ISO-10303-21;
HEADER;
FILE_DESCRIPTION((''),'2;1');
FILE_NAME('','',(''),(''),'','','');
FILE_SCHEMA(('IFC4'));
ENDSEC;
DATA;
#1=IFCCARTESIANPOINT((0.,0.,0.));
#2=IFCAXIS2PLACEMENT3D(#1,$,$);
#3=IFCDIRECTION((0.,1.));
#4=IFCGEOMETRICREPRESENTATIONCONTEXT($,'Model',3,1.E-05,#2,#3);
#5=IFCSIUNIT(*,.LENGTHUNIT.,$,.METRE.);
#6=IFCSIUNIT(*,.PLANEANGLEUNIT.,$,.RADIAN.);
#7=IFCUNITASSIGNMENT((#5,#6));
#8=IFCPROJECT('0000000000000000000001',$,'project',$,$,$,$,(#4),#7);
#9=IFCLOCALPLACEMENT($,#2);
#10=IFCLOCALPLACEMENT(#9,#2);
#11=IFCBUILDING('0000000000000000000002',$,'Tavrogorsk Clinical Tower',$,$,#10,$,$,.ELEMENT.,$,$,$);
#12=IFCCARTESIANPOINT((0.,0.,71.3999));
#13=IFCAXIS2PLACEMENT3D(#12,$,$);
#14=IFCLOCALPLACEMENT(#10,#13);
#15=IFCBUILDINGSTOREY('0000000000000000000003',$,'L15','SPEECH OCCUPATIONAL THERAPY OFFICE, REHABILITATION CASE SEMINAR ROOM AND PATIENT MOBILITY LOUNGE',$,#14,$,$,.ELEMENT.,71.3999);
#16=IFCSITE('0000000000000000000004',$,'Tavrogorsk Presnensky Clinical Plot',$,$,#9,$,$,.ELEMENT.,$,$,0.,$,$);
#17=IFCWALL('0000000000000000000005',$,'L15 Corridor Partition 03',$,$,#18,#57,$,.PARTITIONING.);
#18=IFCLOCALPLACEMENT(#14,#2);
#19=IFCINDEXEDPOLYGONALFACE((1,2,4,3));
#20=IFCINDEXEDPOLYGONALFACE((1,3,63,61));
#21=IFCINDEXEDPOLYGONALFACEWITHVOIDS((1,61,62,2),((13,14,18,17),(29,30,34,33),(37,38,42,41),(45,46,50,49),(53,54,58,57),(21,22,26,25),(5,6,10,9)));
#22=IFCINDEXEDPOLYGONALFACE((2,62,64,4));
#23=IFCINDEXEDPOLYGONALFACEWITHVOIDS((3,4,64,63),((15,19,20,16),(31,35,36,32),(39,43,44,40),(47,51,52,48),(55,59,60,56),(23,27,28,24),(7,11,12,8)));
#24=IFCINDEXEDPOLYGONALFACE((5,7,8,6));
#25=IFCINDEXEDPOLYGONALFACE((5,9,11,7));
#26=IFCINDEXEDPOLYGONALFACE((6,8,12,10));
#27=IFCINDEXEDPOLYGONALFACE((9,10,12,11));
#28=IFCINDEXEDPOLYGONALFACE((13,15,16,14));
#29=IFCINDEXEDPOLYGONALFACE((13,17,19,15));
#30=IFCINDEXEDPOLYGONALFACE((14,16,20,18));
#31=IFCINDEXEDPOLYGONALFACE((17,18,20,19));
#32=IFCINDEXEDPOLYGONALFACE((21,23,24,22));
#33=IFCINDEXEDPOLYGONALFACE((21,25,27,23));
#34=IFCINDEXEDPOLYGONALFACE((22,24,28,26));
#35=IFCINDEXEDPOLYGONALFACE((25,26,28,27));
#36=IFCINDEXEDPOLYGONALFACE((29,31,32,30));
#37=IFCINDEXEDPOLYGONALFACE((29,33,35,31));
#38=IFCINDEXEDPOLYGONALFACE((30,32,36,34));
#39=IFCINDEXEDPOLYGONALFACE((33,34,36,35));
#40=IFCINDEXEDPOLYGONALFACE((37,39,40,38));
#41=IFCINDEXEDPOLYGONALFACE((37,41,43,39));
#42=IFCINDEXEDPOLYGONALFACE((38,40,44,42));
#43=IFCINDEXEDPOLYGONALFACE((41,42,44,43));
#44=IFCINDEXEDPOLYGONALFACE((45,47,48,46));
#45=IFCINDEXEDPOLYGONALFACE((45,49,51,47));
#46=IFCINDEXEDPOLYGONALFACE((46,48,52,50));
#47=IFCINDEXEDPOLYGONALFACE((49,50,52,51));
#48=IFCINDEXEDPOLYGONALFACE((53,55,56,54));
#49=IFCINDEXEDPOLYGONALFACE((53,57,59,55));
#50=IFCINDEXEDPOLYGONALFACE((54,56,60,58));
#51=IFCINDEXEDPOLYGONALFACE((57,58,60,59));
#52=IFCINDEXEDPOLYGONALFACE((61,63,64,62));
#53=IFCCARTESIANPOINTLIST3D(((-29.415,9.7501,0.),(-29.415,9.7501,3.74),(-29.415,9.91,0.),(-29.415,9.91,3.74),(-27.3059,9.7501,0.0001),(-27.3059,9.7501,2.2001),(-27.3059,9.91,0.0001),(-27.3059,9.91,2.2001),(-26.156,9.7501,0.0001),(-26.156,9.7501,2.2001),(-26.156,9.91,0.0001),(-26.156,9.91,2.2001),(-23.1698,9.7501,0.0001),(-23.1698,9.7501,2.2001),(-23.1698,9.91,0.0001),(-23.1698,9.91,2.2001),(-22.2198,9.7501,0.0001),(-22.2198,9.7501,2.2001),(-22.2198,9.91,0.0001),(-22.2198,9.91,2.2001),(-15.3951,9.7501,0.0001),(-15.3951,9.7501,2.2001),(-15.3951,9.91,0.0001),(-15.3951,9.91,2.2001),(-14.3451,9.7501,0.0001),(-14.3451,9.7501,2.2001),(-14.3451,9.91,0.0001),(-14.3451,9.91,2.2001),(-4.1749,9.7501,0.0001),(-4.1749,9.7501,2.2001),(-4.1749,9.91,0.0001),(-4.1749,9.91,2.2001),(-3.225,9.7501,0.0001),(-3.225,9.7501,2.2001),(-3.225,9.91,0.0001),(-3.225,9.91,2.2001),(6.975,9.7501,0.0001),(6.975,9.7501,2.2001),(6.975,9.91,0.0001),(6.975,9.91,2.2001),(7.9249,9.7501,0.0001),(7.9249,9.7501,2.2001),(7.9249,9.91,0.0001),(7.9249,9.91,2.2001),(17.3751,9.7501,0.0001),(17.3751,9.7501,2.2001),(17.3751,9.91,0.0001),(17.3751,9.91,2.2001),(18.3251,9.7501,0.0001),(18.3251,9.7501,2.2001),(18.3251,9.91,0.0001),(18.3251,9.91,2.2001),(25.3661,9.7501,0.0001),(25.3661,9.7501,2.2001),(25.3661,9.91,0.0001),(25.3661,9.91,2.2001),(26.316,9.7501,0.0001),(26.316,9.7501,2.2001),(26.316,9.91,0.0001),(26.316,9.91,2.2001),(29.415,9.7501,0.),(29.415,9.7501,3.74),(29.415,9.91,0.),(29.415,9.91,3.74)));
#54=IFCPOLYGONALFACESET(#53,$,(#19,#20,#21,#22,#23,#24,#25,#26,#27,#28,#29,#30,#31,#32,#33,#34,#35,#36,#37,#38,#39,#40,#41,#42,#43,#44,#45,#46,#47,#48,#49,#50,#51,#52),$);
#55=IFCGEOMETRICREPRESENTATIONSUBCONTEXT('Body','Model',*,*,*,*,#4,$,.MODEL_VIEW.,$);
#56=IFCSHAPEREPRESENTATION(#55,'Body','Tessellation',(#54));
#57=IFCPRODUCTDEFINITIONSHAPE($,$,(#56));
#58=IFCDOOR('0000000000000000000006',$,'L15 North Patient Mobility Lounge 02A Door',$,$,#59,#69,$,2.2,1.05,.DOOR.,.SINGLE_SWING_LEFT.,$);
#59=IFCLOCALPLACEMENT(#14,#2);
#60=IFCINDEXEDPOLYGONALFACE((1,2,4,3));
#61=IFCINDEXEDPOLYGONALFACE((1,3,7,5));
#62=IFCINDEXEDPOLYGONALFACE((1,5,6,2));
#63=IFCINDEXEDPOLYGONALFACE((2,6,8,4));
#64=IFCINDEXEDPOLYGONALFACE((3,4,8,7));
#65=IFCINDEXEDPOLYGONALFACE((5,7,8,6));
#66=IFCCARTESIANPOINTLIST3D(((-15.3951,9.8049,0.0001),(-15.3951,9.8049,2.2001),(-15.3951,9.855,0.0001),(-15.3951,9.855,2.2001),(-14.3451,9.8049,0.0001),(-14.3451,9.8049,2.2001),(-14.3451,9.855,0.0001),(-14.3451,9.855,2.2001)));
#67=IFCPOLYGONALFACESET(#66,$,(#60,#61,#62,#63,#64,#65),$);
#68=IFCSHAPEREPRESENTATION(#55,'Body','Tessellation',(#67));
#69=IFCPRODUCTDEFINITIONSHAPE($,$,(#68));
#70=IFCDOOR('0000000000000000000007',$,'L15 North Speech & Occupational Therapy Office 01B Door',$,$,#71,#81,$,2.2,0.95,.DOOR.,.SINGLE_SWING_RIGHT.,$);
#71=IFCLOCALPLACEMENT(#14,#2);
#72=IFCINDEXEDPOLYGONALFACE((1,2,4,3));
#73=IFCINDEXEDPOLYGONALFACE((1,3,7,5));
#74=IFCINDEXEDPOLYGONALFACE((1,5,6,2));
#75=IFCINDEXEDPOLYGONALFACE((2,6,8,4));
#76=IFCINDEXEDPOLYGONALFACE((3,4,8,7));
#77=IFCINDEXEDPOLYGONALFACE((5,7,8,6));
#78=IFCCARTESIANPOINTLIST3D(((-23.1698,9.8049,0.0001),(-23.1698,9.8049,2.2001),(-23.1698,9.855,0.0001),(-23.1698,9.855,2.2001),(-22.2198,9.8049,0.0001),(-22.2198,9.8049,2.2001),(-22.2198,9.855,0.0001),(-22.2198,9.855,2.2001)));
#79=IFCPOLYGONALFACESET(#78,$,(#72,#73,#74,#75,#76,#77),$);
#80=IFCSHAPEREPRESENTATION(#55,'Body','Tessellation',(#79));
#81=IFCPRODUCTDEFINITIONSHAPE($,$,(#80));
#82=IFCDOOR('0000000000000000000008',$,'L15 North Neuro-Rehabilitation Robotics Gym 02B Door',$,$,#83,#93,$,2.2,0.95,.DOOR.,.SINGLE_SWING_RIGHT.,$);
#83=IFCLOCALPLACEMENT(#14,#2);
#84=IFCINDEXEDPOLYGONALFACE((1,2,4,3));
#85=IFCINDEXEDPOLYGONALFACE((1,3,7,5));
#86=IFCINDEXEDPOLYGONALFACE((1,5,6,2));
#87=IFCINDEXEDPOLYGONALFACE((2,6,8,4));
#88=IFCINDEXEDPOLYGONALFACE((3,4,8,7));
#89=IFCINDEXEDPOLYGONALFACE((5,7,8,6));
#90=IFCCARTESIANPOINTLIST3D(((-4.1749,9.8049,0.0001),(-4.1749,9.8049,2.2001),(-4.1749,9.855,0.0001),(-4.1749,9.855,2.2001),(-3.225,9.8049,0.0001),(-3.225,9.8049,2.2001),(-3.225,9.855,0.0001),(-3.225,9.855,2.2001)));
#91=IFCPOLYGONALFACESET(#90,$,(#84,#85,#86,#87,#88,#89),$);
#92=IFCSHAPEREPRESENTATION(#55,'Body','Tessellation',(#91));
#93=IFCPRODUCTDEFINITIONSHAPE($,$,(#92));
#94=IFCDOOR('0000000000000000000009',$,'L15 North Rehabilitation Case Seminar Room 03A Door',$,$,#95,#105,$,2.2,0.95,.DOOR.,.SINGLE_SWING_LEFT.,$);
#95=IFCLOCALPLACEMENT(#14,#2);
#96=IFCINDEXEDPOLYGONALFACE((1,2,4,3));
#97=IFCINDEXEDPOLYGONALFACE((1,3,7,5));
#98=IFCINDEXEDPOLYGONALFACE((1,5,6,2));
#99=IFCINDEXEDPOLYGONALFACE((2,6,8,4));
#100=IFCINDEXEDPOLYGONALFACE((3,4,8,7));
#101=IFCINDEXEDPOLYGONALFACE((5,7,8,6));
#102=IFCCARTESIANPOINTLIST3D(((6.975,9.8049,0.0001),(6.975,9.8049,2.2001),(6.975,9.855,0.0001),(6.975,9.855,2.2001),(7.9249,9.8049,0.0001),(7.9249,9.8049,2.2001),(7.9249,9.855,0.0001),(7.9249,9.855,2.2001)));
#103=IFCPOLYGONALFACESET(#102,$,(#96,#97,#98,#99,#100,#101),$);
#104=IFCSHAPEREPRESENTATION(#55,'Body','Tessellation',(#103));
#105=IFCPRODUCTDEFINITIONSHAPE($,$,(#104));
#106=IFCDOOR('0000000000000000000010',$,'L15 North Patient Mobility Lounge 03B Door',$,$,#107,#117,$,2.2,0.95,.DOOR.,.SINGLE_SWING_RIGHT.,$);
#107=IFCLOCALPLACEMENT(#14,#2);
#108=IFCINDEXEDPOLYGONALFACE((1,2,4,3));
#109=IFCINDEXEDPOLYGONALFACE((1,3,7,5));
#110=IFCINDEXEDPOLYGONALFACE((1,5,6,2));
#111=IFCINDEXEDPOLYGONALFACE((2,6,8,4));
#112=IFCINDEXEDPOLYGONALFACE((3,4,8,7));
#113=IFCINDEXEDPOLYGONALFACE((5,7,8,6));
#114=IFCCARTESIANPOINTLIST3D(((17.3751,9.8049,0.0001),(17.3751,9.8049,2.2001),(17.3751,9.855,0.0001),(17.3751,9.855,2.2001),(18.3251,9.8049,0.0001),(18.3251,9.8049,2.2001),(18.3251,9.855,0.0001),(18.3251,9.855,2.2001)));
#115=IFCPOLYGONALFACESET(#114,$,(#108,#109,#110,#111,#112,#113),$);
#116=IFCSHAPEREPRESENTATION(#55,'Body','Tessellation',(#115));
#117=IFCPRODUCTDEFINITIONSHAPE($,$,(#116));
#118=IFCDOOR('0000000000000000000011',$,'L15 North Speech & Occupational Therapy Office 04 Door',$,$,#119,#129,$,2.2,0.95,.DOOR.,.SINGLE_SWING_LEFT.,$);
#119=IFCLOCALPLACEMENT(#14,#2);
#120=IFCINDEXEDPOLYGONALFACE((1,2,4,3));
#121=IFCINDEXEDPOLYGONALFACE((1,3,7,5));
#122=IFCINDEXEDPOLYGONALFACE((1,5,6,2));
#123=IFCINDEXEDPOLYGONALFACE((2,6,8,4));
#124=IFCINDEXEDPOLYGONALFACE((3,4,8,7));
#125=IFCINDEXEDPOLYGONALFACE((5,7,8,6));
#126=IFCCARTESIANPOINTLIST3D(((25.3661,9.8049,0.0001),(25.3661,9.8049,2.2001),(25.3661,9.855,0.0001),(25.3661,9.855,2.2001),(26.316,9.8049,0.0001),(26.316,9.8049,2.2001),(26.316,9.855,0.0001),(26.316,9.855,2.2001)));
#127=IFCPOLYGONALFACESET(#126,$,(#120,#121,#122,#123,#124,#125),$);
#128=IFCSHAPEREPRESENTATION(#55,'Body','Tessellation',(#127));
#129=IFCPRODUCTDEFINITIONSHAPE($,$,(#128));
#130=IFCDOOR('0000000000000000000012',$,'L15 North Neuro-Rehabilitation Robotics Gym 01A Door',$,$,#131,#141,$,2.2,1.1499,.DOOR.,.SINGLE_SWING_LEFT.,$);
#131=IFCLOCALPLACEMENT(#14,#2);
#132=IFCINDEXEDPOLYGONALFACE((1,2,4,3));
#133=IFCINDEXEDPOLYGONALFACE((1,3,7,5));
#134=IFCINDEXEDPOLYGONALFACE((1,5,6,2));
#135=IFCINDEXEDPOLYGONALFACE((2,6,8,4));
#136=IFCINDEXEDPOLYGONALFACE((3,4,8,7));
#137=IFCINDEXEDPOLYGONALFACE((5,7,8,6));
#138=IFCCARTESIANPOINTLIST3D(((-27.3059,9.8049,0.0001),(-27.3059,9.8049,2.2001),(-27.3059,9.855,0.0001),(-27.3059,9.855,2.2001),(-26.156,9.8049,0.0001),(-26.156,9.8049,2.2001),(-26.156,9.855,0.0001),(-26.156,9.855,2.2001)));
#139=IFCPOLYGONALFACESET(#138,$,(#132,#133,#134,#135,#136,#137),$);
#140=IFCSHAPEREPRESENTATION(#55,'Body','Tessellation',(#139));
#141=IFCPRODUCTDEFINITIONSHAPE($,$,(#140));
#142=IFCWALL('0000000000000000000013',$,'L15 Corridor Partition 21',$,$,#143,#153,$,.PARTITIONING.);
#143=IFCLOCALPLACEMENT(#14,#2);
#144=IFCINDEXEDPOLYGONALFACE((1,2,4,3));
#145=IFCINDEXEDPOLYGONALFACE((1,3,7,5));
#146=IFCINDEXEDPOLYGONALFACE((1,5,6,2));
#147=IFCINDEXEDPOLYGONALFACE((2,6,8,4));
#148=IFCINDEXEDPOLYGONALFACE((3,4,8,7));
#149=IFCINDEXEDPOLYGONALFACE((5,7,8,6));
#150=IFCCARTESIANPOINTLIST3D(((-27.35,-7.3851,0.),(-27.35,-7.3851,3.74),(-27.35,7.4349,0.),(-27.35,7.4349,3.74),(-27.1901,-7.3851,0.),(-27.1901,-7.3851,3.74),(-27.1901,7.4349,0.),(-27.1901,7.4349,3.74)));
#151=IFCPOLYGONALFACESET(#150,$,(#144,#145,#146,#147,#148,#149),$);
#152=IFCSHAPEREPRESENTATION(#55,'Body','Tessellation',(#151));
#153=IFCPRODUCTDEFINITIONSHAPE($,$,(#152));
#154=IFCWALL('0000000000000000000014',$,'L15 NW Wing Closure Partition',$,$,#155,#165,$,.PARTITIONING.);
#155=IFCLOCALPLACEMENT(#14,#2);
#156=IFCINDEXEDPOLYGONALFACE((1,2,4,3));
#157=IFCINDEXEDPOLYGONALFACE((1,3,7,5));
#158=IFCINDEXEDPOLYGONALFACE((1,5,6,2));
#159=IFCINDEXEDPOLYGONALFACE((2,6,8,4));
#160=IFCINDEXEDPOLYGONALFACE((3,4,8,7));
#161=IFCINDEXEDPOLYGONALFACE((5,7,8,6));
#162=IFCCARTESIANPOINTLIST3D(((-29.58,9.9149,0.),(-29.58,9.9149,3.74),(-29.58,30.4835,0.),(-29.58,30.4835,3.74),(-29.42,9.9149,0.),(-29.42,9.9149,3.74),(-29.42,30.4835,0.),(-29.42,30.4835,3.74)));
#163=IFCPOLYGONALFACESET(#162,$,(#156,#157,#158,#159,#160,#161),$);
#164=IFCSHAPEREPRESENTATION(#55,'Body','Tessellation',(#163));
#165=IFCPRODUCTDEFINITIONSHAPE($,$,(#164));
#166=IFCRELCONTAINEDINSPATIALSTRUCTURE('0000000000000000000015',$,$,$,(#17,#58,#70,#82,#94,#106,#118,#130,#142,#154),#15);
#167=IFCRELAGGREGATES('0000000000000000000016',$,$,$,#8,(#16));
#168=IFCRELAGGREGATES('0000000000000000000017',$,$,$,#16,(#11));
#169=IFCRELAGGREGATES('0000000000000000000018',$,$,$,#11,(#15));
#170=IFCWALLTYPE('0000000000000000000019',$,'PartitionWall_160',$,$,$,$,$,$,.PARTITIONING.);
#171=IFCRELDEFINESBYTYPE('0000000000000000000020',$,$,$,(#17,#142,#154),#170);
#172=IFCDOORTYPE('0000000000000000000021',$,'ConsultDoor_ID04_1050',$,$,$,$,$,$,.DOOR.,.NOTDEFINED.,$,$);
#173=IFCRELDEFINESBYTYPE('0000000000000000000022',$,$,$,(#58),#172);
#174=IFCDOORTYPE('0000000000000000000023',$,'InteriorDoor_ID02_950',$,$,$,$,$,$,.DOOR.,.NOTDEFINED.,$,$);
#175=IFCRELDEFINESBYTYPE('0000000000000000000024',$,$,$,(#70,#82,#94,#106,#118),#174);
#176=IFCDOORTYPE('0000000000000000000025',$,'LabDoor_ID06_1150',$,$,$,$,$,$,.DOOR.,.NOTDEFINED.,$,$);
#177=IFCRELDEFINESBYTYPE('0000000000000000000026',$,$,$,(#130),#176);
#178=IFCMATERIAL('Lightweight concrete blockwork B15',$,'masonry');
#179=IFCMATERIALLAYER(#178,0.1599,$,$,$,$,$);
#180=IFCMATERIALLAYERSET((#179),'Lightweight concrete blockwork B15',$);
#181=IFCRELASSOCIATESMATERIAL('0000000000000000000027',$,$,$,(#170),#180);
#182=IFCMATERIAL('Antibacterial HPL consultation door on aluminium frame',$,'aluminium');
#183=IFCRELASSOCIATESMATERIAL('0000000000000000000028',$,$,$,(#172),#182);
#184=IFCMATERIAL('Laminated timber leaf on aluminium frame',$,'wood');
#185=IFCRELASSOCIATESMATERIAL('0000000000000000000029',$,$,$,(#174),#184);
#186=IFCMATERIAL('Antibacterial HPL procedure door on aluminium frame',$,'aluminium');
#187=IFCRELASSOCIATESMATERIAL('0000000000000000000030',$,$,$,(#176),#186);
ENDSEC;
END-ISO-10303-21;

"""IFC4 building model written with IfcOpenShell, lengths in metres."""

from ifc_helpers import new_model, si_unit, direction, frame, frame_2d, origin, place, context, subcontext, project, spatial, rectangle, extrude, material, layer, layer_set, type_object, element, fill, save


model = new_model("IFC4")

# Units and contexts
model_context = context("Model", 3, precision=1e-05, world=origin(), true_north=direction((0.0, 1.0)))
body_context = subcontext(model_context, "Body", "Model", "MODEL_VIEW")
ifc_project = project(units=[si_unit("LENGTHUNIT", "METRE"), si_unit("PLANEANGLEUNIT", "RADIAN")], contexts=[model_context])

# Site, building, storey
site_placement = place(None, origin())
site = spatial("IfcSite", under=ifc_project, at=site_placement, Name="Tavrogorsk Presnensky Clinical Plot", CompositionType="ELEMENT", RefElevation=0.0)
building_placement = place(site_placement, origin())
building = spatial("IfcBuilding", under=site, at=building_placement, Name="Tavrogorsk Clinical Tower", CompositionType="ELEMENT")
storey_placement = place(building_placement, frame((0.0, 0.0, 71.3999)))
storey = spatial("IfcBuildingStorey", under=building, at=storey_placement, Name="L15", Description="SPEECH OCCUPATIONAL THERAPY OFFICE, REHABILITATION CASE SEMINAR ROOM AND PATIENT MOBILITY LOUNGE", CompositionType="ELEMENT", Elevation=71.3999)

# Wall, openings, doors
ifc_material_1 = material(Name="Lightweight concrete blockwork B15", Category="masonry")
ifc_layer_1 = layer(ifc_material_1, 0.1599)
ifc_layer_set_1 = layer_set([ifc_layer_1], Name="Lightweight concrete blockwork B15")
wall_type_1 = type_object("IfcWallType", Name="PartitionWall_160", PredefinedType="PARTITIONING", material=ifc_layer_set_1)
wall_1_placement = place(storey_placement, frame((-29.415, 9.8301, 0.0), z_axis=(0.0, 0.0, 1.0), x_axis=(1.0, 0.0, 0.0)))
wall_1 = element("IfcWall", 1, at=wall_1_placement, inside=storey, type_object=wall_type_1, Name="L15 Corridor Partition 03", PredefinedType="PARTITIONING", context=body_context, shape_type="SweptSolid", body=[
    extrude(rectangle(XDim=58.8301, YDim=0.1599, at=frame_2d((29.415, 0.0))), origin(), (0.0, 0.0, 1.0), 3.74),
])
opening_1_placement = place(wall_1_placement, frame((2.1091, 0.0, 0.0)))
opening_1 = element("IfcOpeningElement", 2, at=opening_1_placement, cuts=wall_1, PredefinedType="OPENING", context=body_context, shape_type="SweptSolid", body=[
    extrude(rectangle(XDim=1.1499, YDim=2.2, at=frame_2d((0.575, 1.1001))), frame((0.0, 0.0898, 0.0), z_axis=(0.0, -1.0, 0.0), x_axis=(1.0, 0.0, 0.0)), (0.0, 0.0, 1.0), 0.1799),
])
opening_2_placement = place(wall_1_placement, frame((6.2451, 0.0, 0.0)))
opening_2 = element("IfcOpeningElement", 3, at=opening_2_placement, cuts=wall_1, PredefinedType="OPENING", context=body_context, shape_type="SweptSolid", body=[
    extrude(rectangle(XDim=0.95, YDim=2.2, at=frame_2d((0.4751, 1.1001))), frame((0.0, 0.0898, 0.0), z_axis=(0.0, -1.0, 0.0), x_axis=(1.0, 0.0, 0.0)), (0.0, 0.0, 1.0), 0.1799),
])
opening_3_placement = place(wall_1_placement, frame((14.02, 0.0, 0.0)))
opening_3 = element("IfcOpeningElement", 4, at=opening_3_placement, cuts=wall_1, PredefinedType="OPENING", context=body_context, shape_type="SweptSolid", body=[
    extrude(rectangle(XDim=1.05, YDim=2.2, at=frame_2d((0.5249, 1.1001))), frame((0.0, 0.0898, 0.0), z_axis=(0.0, -1.0, 0.0), x_axis=(1.0, 0.0, 0.0)), (0.0, 0.0, 1.0), 0.1799),
])
opening_4_placement = place(wall_1_placement, frame((25.24, 0.0, 0.0)))
opening_4 = element("IfcOpeningElement", 5, at=opening_4_placement, cuts=wall_1, PredefinedType="OPENING", context=body_context, shape_type="SweptSolid", body=[
    extrude(rectangle(XDim=0.95, YDim=2.2, at=frame_2d((0.4751, 1.1001))), frame((0.0, 0.0898, 0.0), z_axis=(0.0, -1.0, 0.0), x_axis=(1.0, 0.0, 0.0)), (0.0, 0.0, 1.0), 0.1799),
])
opening_5_placement = place(wall_1_placement, frame((36.3899, 0.0, 0.0)))
opening_5 = element("IfcOpeningElement", 6, at=opening_5_placement, cuts=wall_1, PredefinedType="OPENING", context=body_context, shape_type="SweptSolid", body=[
    extrude(rectangle(XDim=0.95, YDim=2.2, at=frame_2d((0.4751, 1.1001))), frame((0.0, 0.0898, 0.0), z_axis=(0.0, -1.0, 0.0), x_axis=(1.0, 0.0, 0.0)), (0.0, 0.0, 1.0), 0.1799),
])
opening_6_placement = place(wall_1_placement, frame((46.79, 0.0, 0.0)))
opening_6 = element("IfcOpeningElement", 7, at=opening_6_placement, cuts=wall_1, PredefinedType="OPENING", context=body_context, shape_type="SweptSolid", body=[
    extrude(rectangle(XDim=0.95, YDim=2.2, at=frame_2d((0.4751, 1.1001))), frame((0.0, 0.0898, 0.0), z_axis=(0.0, -1.0, 0.0), x_axis=(1.0, 0.0, 0.0)), (0.0, 0.0, 1.0), 0.1799),
])
opening_7_placement = place(wall_1_placement, frame((54.781, 0.0, 0.0)))
opening_7 = element("IfcOpeningElement", 8, at=opening_7_placement, cuts=wall_1, PredefinedType="OPENING", context=body_context, shape_type="SweptSolid", body=[
    extrude(rectangle(XDim=0.95, YDim=2.2, at=frame_2d((0.4751, 1.1001))), frame((0.0, 0.0898, 0.0), z_axis=(0.0, -1.0, 0.0), x_axis=(1.0, 0.0, 0.0)), (0.0, 0.0, 1.0), 0.1799),
])
ifc_material_2 = material(Name="Antibacterial HPL consultation door on aluminium frame", Category="aluminium")
door_type_1 = type_object("IfcDoorType", Name="ConsultDoor_ID04_1050", OperationType="NOTDEFINED", PredefinedType="DOOR", material=ifc_material_2)
door_1_placement = place(opening_3_placement, origin())
door_1 = element("IfcDoor", 9, at=door_1_placement, inside=storey, type_object=door_type_1, Name="L15 North Patient Mobility Lounge 02A Door", OperationType="SINGLE_SWING_LEFT", OverallHeight=2.2, OverallWidth=1.05, PredefinedType="DOOR", context=body_context, shape_type="SweptSolid", body=[
    extrude(rectangle(XDim=1.05, YDim=2.2, at=frame_2d((0.5249, 1.1001))), frame((0.0, 0.0249, 0.0), z_axis=(0.0, -1.0, 0.0), x_axis=(1.0, 0.0, 0.0)), (0.0, 0.0, 1.0), 0.05),
])
fill(opening_3, door_1)
ifc_material_3 = material(Name="Laminated timber leaf on aluminium frame", Category="wood")
door_type_2 = type_object("IfcDoorType", Name="InteriorDoor_ID02_950", OperationType="NOTDEFINED", PredefinedType="DOOR", material=ifc_material_3)
door_2_placement = place(opening_2_placement, origin())
door_2 = element("IfcDoor", 10, at=door_2_placement, inside=storey, type_object=door_type_2, Name="L15 North Speech & Occupational Therapy Office 01B Door", OperationType="SINGLE_SWING_RIGHT", OverallHeight=2.2, OverallWidth=0.95, PredefinedType="DOOR", context=body_context, shape_type="SweptSolid", body=[
    extrude(rectangle(XDim=0.95, YDim=2.2, at=frame_2d((0.4751, 1.1001))), frame((0.0, 0.0249, 0.0), z_axis=(0.0, -1.0, 0.0), x_axis=(1.0, 0.0, 0.0)), (0.0, 0.0, 1.0), 0.05),
])
fill(opening_2, door_2)
door_3_placement = place(opening_4_placement, origin())
door_3 = element("IfcDoor", 11, at=door_3_placement, inside=storey, type_object=door_type_2, Name="L15 North Neuro-Rehabilitation Robotics Gym 02B Door", OperationType="SINGLE_SWING_RIGHT", OverallHeight=2.2, OverallWidth=0.95, PredefinedType="DOOR", context=body_context, shape_type="SweptSolid", body=[
    extrude(rectangle(XDim=0.95, YDim=2.2, at=frame_2d((0.4751, 1.1001))), frame((0.0, 0.0249, 0.0), z_axis=(0.0, -1.0, 0.0), x_axis=(1.0, 0.0, 0.0)), (0.0, 0.0, 1.0), 0.05),
])
fill(opening_4, door_3)
door_4_placement = place(opening_5_placement, origin())
door_4 = element("IfcDoor", 12, at=door_4_placement, inside=storey, type_object=door_type_2, Name="L15 North Rehabilitation Case Seminar Room 03A Door", OperationType="SINGLE_SWING_LEFT", OverallHeight=2.2, OverallWidth=0.95, PredefinedType="DOOR", context=body_context, shape_type="SweptSolid", body=[
    extrude(rectangle(XDim=0.95, YDim=2.2, at=frame_2d((0.4751, 1.1001))), frame((0.0, 0.0249, 0.0), z_axis=(0.0, -1.0, 0.0), x_axis=(1.0, 0.0, 0.0)), (0.0, 0.0, 1.0), 0.05),
])
fill(opening_5, door_4)
door_5_placement = place(opening_6_placement, origin())
door_5 = element("IfcDoor", 13, at=door_5_placement, inside=storey, type_object=door_type_2, Name="L15 North Patient Mobility Lounge 03B Door", OperationType="SINGLE_SWING_RIGHT", OverallHeight=2.2, OverallWidth=0.95, PredefinedType="DOOR", context=body_context, shape_type="SweptSolid", body=[
    extrude(rectangle(XDim=0.95, YDim=2.2, at=frame_2d((0.4751, 1.1001))), frame((0.0, 0.0249, 0.0), z_axis=(0.0, -1.0, 0.0), x_axis=(1.0, 0.0, 0.0)), (0.0, 0.0, 1.0), 0.05),
])
fill(opening_6, door_5)
door_6_placement = place(opening_7_placement, origin())
door_6 = element("IfcDoor", 14, at=door_6_placement, inside=storey, type_object=door_type_2, Name="L15 North Speech & Occupational Therapy Office 04 Door", OperationType="SINGLE_SWING_LEFT", OverallHeight=2.2, OverallWidth=0.95, PredefinedType="DOOR", context=body_context, shape_type="SweptSolid", body=[
    extrude(rectangle(XDim=0.95, YDim=2.2, at=frame_2d((0.4751, 1.1001))), frame((0.0, 0.0249, 0.0), z_axis=(0.0, -1.0, 0.0), x_axis=(1.0, 0.0, 0.0)), (0.0, 0.0, 1.0), 0.05),
])
fill(opening_7, door_6)
ifc_material_4 = material(Name="Antibacterial HPL procedure door on aluminium frame", Category="aluminium")
door_type_3 = type_object("IfcDoorType", Name="LabDoor_ID06_1150", OperationType="NOTDEFINED", PredefinedType="DOOR", material=ifc_material_4)
door_7_placement = place(opening_1_placement, origin())
door_7 = element("IfcDoor", 15, at=door_7_placement, inside=storey, type_object=door_type_3, Name="L15 North Neuro-Rehabilitation Robotics Gym 01A Door", OperationType="SINGLE_SWING_LEFT", OverallHeight=2.2, OverallWidth=1.1499, PredefinedType="DOOR", context=body_context, shape_type="SweptSolid", body=[
    extrude(rectangle(XDim=1.1499, YDim=2.2, at=frame_2d((0.575, 1.1001))), frame((0.0, 0.0249, 0.0), z_axis=(0.0, -1.0, 0.0), x_axis=(1.0, 0.0, 0.0)), (0.0, 0.0, 1.0), 0.05),
])
fill(opening_1, door_7)

# Walls
wall_2_placement = place(storey_placement, frame((-27.27, 7.4351, 0.0), z_axis=(0.0, 0.0, 1.0), x_axis=(0.0, -1.0, 0.0)))
element("IfcWall", 16, at=wall_2_placement, inside=storey, type_object=wall_type_1, Name="L15 Corridor Partition 21", PredefinedType="PARTITIONING", context=body_context, shape_type="SweptSolid", body=[
    extrude(rectangle(XDim=14.8201, YDim=0.1599, at=frame_2d((7.4102, 0.0))), origin(), (0.0, 0.0, 1.0), 3.74),
])
wall_3_placement = place(storey_placement, frame((-29.5, 9.915, 0.0), z_axis=(0.0, 0.0, 1.0), x_axis=(0.0, 1.0, 0.0)))
element("IfcWall", 17, at=wall_3_placement, inside=storey, type_object=wall_type_1, Name="L15 NW Wing Closure Partition", PredefinedType="PARTITIONING", context=body_context, shape_type="SweptSolid", body=[
    extrude(rectangle(XDim=20.5686, YDim=0.1599, at=frame_2d((10.2842, 0.0))), origin(), (0.0, 0.0, 1.0), 3.74),
])

save(model, "model.ifc")
